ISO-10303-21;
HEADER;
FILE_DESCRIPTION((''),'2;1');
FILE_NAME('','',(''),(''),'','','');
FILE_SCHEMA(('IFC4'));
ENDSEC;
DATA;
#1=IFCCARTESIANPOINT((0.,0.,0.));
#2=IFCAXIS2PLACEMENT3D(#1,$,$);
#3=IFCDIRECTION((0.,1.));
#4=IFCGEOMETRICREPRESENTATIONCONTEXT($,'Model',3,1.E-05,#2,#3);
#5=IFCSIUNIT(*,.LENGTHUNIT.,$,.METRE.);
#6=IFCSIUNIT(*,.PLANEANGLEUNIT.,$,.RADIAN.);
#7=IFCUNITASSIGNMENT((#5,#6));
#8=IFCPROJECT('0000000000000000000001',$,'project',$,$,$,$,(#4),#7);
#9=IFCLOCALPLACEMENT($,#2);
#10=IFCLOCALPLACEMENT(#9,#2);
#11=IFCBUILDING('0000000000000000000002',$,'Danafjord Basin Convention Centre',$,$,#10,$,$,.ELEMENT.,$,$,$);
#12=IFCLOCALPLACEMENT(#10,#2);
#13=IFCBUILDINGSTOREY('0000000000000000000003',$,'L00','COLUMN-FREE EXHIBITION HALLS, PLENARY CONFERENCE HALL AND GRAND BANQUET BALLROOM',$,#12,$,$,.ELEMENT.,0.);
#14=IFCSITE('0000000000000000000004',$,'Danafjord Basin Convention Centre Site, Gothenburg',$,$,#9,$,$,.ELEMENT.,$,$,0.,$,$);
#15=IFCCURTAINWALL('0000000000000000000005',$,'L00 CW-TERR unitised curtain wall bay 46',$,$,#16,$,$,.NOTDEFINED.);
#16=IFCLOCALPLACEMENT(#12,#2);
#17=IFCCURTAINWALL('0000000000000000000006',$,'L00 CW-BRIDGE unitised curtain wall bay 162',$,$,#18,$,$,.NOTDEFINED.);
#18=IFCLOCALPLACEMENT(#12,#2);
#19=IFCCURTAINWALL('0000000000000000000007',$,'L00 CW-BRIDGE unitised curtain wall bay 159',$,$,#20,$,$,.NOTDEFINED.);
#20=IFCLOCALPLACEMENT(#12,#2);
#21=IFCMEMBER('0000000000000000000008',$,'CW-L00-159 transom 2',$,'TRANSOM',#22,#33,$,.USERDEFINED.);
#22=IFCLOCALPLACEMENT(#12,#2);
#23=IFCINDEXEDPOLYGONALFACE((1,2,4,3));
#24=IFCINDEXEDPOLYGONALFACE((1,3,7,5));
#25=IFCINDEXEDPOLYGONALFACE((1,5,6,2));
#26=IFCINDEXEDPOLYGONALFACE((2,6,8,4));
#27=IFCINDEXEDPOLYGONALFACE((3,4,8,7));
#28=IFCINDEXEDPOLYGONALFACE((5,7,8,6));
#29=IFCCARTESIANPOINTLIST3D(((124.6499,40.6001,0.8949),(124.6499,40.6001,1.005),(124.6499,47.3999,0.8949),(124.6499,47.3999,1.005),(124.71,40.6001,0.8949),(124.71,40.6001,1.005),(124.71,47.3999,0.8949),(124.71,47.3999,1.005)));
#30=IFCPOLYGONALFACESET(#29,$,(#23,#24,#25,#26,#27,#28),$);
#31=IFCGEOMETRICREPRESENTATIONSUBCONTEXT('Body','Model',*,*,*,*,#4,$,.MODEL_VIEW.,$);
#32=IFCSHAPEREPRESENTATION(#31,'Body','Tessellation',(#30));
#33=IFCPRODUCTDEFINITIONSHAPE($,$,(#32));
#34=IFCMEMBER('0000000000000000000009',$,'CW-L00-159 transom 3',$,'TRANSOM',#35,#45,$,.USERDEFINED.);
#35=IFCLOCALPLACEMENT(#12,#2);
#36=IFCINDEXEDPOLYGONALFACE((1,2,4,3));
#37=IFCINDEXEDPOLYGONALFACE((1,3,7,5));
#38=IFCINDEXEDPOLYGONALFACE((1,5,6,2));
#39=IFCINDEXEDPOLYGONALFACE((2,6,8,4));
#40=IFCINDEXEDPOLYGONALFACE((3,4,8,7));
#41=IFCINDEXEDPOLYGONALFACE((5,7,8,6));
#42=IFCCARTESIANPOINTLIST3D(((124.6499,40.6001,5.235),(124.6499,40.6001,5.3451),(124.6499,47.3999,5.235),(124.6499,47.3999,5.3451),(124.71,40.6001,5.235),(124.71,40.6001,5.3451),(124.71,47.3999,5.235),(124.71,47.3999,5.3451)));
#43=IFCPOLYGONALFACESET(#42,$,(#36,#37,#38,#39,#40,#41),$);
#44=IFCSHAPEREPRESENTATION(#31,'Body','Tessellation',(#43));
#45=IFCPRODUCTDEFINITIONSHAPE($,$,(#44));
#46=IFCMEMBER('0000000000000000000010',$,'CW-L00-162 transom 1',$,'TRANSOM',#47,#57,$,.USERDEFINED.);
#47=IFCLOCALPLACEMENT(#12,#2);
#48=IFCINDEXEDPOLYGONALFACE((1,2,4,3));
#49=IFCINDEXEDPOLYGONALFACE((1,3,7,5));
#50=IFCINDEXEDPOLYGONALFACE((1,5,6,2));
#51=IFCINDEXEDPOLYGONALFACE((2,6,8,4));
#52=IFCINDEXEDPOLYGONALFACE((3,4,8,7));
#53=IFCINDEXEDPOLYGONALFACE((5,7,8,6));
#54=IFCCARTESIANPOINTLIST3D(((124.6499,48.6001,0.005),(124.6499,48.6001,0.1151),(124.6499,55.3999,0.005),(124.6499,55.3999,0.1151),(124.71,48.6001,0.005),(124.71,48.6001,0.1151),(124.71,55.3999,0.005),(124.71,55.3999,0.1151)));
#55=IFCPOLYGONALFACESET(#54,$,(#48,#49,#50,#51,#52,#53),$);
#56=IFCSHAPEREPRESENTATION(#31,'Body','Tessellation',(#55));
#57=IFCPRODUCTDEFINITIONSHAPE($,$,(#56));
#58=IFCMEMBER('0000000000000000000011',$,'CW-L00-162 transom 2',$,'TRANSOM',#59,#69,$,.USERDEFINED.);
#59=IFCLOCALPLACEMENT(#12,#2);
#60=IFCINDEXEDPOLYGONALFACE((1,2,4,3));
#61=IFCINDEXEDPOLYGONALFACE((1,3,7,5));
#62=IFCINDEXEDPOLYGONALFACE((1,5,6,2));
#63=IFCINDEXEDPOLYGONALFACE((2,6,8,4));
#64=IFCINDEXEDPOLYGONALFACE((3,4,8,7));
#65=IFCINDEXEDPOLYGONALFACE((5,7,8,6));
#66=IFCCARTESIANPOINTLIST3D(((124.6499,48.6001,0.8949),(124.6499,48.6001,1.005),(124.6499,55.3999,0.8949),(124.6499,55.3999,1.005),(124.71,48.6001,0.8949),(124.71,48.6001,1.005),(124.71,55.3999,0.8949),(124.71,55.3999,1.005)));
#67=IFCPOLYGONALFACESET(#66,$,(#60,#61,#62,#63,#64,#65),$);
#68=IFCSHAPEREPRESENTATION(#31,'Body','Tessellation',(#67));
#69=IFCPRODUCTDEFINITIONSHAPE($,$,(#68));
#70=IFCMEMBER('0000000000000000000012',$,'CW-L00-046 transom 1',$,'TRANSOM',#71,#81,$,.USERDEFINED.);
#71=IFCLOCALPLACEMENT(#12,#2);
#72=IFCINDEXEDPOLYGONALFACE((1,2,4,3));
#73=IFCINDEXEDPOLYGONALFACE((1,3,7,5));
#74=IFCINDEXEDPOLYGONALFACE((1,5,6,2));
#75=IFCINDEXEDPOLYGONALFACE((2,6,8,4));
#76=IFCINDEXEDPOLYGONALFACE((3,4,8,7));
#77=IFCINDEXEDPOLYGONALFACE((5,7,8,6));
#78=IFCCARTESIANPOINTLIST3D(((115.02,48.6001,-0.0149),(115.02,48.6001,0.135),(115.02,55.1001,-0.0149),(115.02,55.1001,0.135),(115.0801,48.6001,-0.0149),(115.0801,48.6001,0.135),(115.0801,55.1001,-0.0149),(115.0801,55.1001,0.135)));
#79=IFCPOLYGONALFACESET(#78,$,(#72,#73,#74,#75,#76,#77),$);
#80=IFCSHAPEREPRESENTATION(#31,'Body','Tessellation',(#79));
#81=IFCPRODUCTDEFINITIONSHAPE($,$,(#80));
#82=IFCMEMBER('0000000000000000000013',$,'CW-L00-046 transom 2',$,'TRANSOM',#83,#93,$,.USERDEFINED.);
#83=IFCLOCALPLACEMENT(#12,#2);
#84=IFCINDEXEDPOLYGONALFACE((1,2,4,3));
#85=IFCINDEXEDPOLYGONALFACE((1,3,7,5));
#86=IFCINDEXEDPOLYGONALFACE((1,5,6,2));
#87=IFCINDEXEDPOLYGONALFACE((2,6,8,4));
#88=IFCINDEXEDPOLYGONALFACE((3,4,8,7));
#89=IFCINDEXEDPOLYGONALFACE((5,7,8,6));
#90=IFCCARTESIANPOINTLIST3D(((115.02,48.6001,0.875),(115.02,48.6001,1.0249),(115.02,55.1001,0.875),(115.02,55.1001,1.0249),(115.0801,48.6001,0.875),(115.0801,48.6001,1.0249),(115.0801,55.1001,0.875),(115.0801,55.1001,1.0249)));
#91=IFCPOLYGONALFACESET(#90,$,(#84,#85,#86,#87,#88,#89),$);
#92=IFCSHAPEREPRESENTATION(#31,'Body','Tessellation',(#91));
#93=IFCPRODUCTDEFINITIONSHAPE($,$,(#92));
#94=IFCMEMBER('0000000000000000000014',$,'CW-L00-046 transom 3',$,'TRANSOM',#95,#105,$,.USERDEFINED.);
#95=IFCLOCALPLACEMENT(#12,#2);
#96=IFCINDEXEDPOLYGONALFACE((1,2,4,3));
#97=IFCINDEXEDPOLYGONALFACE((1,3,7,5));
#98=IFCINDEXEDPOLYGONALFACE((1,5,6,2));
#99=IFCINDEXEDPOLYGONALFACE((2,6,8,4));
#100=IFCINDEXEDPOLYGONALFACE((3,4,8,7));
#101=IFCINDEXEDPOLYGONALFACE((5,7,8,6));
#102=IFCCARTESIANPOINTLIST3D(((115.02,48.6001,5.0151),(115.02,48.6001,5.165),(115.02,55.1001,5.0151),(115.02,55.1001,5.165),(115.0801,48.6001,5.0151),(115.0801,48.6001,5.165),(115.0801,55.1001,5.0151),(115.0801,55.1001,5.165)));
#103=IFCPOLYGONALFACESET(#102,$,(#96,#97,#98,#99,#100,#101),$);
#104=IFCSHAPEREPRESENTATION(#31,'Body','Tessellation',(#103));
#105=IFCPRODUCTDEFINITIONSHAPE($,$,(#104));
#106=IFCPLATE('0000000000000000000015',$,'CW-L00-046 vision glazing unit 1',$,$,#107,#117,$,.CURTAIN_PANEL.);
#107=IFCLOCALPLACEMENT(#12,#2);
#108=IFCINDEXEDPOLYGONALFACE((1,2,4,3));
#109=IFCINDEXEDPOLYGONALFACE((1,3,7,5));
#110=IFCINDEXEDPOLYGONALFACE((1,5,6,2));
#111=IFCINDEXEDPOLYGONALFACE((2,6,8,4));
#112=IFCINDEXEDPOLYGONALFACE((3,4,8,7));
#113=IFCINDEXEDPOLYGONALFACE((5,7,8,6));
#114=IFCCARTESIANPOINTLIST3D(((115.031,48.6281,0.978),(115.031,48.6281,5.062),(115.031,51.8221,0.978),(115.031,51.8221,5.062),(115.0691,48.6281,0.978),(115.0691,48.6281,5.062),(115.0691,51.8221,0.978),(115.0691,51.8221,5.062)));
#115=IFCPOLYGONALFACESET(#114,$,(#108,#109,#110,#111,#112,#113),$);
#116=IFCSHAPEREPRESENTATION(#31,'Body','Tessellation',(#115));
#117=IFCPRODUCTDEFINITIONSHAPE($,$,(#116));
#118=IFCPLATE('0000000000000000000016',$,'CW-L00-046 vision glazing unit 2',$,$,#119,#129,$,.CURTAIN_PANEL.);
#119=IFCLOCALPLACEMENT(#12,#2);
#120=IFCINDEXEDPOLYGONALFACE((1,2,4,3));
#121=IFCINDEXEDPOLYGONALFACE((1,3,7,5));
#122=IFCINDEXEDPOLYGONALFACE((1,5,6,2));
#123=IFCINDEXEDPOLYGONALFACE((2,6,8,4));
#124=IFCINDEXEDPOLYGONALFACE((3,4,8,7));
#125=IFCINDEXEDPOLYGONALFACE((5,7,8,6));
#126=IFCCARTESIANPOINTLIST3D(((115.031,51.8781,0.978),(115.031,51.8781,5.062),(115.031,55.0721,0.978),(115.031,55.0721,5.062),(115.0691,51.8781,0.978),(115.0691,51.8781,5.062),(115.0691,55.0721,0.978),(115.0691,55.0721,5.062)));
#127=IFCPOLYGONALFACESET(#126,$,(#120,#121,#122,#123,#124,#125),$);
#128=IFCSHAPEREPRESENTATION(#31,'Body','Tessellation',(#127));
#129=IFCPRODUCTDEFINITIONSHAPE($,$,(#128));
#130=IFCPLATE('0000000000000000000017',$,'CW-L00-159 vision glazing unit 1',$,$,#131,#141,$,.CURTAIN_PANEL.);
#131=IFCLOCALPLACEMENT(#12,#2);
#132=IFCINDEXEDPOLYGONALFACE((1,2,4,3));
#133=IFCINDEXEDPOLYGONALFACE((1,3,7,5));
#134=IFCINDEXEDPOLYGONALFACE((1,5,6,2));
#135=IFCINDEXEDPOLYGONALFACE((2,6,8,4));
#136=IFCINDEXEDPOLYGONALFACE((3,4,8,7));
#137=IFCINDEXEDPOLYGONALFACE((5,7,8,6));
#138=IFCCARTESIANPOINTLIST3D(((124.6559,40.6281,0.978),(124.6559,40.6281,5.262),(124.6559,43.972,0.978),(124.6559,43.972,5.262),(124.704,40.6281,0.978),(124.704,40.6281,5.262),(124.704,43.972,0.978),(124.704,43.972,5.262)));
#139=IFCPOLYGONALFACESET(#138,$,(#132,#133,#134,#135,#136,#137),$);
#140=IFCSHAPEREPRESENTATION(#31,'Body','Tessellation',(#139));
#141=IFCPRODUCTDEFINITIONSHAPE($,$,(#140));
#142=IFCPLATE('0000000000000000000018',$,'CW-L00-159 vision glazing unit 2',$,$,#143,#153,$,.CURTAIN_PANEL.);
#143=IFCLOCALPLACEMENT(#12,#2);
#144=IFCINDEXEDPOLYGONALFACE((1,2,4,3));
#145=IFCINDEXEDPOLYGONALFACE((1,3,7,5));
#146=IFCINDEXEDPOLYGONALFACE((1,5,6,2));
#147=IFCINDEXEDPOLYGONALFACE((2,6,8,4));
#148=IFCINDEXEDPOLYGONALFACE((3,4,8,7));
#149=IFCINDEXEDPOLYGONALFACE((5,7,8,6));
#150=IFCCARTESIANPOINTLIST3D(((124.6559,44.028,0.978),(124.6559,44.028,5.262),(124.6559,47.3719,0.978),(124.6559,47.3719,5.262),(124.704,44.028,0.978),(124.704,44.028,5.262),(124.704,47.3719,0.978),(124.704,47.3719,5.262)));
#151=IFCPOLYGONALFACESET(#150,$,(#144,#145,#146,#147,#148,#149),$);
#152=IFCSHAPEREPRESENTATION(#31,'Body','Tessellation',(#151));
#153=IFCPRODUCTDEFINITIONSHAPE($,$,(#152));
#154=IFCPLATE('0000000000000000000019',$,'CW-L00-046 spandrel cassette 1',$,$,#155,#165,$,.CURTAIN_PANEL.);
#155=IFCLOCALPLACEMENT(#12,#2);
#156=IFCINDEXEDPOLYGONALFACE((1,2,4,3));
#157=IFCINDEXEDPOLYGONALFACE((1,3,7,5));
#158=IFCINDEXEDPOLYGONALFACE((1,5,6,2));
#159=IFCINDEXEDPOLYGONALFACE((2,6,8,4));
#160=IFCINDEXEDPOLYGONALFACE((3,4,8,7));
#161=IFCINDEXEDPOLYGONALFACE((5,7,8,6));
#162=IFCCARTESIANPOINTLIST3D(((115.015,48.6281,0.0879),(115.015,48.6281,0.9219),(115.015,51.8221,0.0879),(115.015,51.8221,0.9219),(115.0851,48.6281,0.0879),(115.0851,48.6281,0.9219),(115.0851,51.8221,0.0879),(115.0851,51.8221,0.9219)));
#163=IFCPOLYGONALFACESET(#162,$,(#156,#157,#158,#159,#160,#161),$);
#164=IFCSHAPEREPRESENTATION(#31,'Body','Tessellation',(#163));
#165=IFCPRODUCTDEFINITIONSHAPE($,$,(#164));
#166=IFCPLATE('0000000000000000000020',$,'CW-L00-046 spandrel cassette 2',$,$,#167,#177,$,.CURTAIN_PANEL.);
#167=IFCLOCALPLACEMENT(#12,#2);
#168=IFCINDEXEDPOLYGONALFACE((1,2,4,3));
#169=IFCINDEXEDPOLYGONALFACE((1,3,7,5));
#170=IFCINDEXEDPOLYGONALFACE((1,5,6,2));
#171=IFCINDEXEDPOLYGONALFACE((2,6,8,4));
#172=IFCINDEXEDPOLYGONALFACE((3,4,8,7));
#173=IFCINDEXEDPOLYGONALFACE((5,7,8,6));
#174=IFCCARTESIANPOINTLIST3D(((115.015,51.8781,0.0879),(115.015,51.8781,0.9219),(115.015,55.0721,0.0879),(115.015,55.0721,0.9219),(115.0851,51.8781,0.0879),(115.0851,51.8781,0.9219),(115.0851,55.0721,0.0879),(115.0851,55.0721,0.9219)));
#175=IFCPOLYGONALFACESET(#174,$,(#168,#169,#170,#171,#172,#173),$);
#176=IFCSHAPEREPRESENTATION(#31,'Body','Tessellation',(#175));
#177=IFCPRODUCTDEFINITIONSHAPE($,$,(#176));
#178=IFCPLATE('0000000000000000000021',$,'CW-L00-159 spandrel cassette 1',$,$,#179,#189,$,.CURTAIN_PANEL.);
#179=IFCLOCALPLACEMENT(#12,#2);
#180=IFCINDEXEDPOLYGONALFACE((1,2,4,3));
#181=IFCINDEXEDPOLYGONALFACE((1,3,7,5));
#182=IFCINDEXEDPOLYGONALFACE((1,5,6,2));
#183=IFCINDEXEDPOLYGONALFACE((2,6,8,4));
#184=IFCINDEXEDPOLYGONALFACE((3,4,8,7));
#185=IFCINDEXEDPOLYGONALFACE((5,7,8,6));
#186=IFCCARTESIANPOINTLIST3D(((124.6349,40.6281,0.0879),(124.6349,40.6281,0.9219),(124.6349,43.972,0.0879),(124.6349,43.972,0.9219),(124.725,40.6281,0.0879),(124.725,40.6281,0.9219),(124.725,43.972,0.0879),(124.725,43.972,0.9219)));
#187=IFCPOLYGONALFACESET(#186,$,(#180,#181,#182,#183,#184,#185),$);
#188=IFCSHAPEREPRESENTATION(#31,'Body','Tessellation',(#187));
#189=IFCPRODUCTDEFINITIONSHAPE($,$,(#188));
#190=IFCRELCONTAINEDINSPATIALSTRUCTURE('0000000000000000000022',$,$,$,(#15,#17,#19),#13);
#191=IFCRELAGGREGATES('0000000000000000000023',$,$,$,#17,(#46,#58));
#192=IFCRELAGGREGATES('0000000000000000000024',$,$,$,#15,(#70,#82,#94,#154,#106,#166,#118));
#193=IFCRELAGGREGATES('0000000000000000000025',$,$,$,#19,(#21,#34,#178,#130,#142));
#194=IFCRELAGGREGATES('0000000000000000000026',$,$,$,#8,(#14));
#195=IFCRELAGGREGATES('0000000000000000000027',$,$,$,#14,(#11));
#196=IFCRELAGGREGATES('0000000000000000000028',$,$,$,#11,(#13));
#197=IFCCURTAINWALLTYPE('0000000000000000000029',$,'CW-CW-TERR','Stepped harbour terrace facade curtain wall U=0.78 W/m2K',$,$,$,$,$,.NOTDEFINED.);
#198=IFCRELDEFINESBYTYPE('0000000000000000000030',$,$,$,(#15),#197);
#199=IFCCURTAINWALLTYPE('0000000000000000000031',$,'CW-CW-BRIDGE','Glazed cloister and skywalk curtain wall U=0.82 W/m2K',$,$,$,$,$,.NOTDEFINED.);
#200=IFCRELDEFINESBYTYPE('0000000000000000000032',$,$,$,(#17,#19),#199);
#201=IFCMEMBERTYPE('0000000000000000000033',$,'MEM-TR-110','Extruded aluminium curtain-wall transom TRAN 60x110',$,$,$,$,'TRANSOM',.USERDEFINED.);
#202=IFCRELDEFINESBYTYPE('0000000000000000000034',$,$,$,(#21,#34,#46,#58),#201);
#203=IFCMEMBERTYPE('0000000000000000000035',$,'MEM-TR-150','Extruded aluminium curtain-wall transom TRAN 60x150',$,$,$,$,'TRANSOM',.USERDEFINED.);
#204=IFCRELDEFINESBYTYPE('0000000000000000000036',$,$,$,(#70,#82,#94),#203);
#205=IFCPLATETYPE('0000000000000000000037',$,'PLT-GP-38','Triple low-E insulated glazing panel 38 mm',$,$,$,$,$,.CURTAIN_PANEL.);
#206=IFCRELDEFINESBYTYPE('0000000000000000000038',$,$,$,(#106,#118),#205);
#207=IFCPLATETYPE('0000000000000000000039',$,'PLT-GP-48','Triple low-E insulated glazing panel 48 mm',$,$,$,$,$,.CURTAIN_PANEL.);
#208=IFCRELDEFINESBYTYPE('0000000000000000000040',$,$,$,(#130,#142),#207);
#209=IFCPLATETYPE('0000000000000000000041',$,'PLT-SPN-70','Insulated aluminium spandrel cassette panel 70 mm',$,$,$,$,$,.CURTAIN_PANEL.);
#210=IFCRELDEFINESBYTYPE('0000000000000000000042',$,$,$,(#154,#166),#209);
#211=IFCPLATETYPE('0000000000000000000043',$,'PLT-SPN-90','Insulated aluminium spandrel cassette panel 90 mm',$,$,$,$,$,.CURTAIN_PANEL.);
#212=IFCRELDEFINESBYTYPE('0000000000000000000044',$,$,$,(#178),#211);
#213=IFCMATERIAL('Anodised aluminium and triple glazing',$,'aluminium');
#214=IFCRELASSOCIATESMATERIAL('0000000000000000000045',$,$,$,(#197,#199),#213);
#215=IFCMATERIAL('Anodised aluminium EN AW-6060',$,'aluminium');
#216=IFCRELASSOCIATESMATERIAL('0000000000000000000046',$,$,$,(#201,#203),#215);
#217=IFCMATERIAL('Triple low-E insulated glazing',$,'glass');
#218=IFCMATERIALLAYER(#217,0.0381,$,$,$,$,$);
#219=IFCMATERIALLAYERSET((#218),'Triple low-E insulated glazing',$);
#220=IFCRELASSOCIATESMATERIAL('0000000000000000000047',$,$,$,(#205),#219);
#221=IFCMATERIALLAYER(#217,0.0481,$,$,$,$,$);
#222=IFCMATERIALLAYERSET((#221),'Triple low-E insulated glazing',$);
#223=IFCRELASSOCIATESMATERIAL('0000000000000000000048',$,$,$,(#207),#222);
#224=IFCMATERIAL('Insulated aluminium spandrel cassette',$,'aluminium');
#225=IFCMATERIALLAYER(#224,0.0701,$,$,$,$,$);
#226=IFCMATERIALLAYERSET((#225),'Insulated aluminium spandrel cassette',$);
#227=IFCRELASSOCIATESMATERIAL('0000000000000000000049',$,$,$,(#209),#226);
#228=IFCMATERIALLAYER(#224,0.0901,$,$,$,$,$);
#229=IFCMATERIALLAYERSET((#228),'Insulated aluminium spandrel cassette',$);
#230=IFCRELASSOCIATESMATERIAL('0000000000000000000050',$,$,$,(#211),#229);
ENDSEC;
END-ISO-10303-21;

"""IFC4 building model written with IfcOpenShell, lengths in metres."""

from ifc_helpers import new_model, si_unit, direction, frame, origin, origin_2d, place, context, subcontext, project, spatial, rectangle, extrude, material, layer, layer_set, material_profile, profile_set, type_object, element, aggregate, save


model = new_model("IFC4")

# Units and contexts
model_context = context("Model", 3, precision=1e-05, world=origin(), true_north=direction((0.0, 1.0)))
body_context = subcontext(model_context, "Body", "Model", "MODEL_VIEW")
ifc_project = project(units=[si_unit("LENGTHUNIT", "METRE"), si_unit("PLANEANGLEUNIT", "RADIAN")], contexts=[model_context])

# Site, building, storey
site_placement = place(None, origin())
site = spatial("IfcSite", under=ifc_project, at=site_placement, Name="Danafjord Basin Convention Centre Site, Gothenburg", CompositionType="ELEMENT", RefElevation=0.0)
building_placement = place(site_placement, origin())
building = spatial("IfcBuilding", under=site, at=building_placement, Name="Danafjord Basin Convention Centre", CompositionType="ELEMENT")
storey_placement = place(building_placement, origin())
storey = spatial("IfcBuildingStorey", under=building, at=storey_placement, Name="L00", Description="COLUMN-FREE EXHIBITION HALLS, PLENARY CONFERENCE HALL AND GRAND BANQUET BALLROOM", CompositionType="ELEMENT", Elevation=0.0)

# Shared definitions
ifc_material_1 = material(Name="Anodised aluminium and triple glazing", Category="aluminium")
curtain_wall_type_1 = type_object("IfcCurtainWallType", Name="CW-CW-TERR", Description="Stepped harbour terrace facade curtain wall U=0.78 W/m2K", PredefinedType="NOTDEFINED", material=ifc_material_1)
ifc_material_2 = material(Name="Anodised aluminium EN AW-6060", Category="aluminium")

# Curtain wall
curtain_wall_1_placement = place(storey_placement, origin())
curtain_wall_1 = element("IfcCurtainWall", 1, at=curtain_wall_1_placement, inside=storey, type_object=curtain_wall_type_1, Name="L00 CW-TERR unitised curtain wall bay 46", PredefinedType="NOTDEFINED")

# Curtain wall
curtain_wall_type_2 = type_object("IfcCurtainWallType", Name="CW-CW-BRIDGE", Description="Glazed cloister and skywalk curtain wall U=0.82 W/m2K", PredefinedType="NOTDEFINED", material=ifc_material_1)
curtain_wall_2_placement = place(storey_placement, origin())
curtain_wall_2 = element("IfcCurtainWall", 2, at=curtain_wall_2_placement, inside=storey, type_object=curtain_wall_type_2, Name="L00 CW-BRIDGE unitised curtain wall bay 162", PredefinedType="NOTDEFINED")

# Curtain wall, members
curtain_wall_3_placement = place(storey_placement, origin())
curtain_wall_3 = element("IfcCurtainWall", 3, at=curtain_wall_3_placement, inside=storey, type_object=curtain_wall_type_2, Name="L00 CW-BRIDGE unitised curtain wall bay 159", PredefinedType="NOTDEFINED")
ifc_material_profile_1 = material_profile(ifc_material_2, rectangle(XDim=0.0601, YDim=0.1101, at=origin_2d()), Name="TRAN 60x110")
ifc_profile_set_1 = profile_set([ifc_material_profile_1], Name="Anodised aluminium EN AW-6060")
member_type_1 = type_object("IfcMemberType", Name="MEM-TR-110", Description="Extruded aluminium curtain-wall transom TRAN 60x110", ElementType="TRANSOM", PredefinedType="USERDEFINED", material=ifc_profile_set_1)
member_1_placement = place(storey_placement, frame((124.6799, 40.6001, 0.95), z_axis=(0.0, 1.0, 0.0), x_axis=(-1.0, 0.0, 0.0)))
member_1 = element("IfcMember", 4, at=member_1_placement, type_object=member_type_1, Name="CW-L00-159 transom 2", ObjectType="TRANSOM", PredefinedType="USERDEFINED", context=body_context, shape_type="SweptSolid", body=[
    extrude(rectangle(XDim=0.0601, YDim=0.1101, at=origin_2d()), origin(), (0.0, 0.0, 1.0), 6.7998),
])
member_2_placement = place(storey_placement, frame((124.6799, 40.6001, 5.29), z_axis=(0.0, 1.0, 0.0), x_axis=(-1.0, 0.0, 0.0)))
member_2 = element("IfcMember", 5, at=member_2_placement, type_object=member_type_1, Name="CW-L00-159 transom 3", ObjectType="TRANSOM", PredefinedType="USERDEFINED", context=body_context, shape_type="SweptSolid", body=[
    extrude(rectangle(XDim=0.0601, YDim=0.1101, at=origin_2d()), origin(), (0.0, 0.0, 1.0), 6.7998),
])

# Members
member_3_placement = place(storey_placement, frame((124.6799, 48.6001, 0.0601), z_axis=(0.0, 1.0, 0.0), x_axis=(-1.0, 0.0, 0.0)))
member_3 = element("IfcMember", 6, at=member_3_placement, type_object=member_type_1, Name="CW-L00-162 transom 1", ObjectType="TRANSOM", PredefinedType="USERDEFINED", context=body_context, shape_type="SweptSolid", body=[
    extrude(rectangle(XDim=0.0601, YDim=0.1101, at=origin_2d()), origin(), (0.0, 0.0, 1.0), 6.7998),
])
member_4_placement = place(storey_placement, frame((124.6799, 48.6001, 0.95), z_axis=(0.0, 1.0, 0.0), x_axis=(-1.0, 0.0, 0.0)))
member_4 = element("IfcMember", 7, at=member_4_placement, type_object=member_type_1, Name="CW-L00-162 transom 2", ObjectType="TRANSOM", PredefinedType="USERDEFINED", context=body_context, shape_type="SweptSolid", body=[
    extrude(rectangle(XDim=0.0601, YDim=0.1101, at=origin_2d()), origin(), (0.0, 0.0, 1.0), 6.7998),
])
aggregate(curtain_wall_2, [member_3, member_4])
ifc_material_profile_2 = material_profile(ifc_material_2, rectangle(XDim=0.0601, YDim=0.1499, at=origin_2d()), Name="TRAN 60x150")
ifc_profile_set_2 = profile_set([ifc_material_profile_2], Name="Anodised aluminium EN AW-6060")
member_type_2 = type_object("IfcMemberType", Name="MEM-TR-150", Description="Extruded aluminium curtain-wall transom TRAN 60x150", ElementType="TRANSOM", PredefinedType="USERDEFINED", material=ifc_profile_set_2)
member_5_placement = place(storey_placement, frame((115.05, 48.6001, 0.0601), z_axis=(0.0, 1.0, 0.0), x_axis=(-1.0, 0.0, 0.0)))
member_5 = element("IfcMember", 8, at=member_5_placement, type_object=member_type_2, Name="CW-L00-046 transom 1", ObjectType="TRANSOM", PredefinedType="USERDEFINED", context=body_context, shape_type="SweptSolid", body=[
    extrude(rectangle(XDim=0.0601, YDim=0.1499, at=origin_2d()), origin(), (0.0, 0.0, 1.0), 6.5),
])
member_6_placement = place(storey_placement, frame((115.05, 48.6001, 0.95), z_axis=(0.0, 1.0, 0.0), x_axis=(-1.0, 0.0, 0.0)))
member_6 = element("IfcMember", 9, at=member_6_placement, type_object=member_type_2, Name="CW-L00-046 transom 2", ObjectType="TRANSOM", PredefinedType="USERDEFINED", context=body_context, shape_type="SweptSolid", body=[
    extrude(rectangle(XDim=0.0601, YDim=0.1499, at=origin_2d()), origin(), (0.0, 0.0, 1.0), 6.5),
])
member_7_placement = place(storey_placement, frame((115.05, 48.6001, 5.0901), z_axis=(0.0, 1.0, 0.0), x_axis=(-1.0, 0.0, 0.0)))
member_7 = element("IfcMember", 10, at=member_7_placement, type_object=member_type_2, Name="CW-L00-046 transom 3", ObjectType="TRANSOM", PredefinedType="USERDEFINED", context=body_context, shape_type="SweptSolid", body=[
    extrude(rectangle(XDim=0.0601, YDim=0.1499, at=origin_2d()), origin(), (0.0, 0.0, 1.0), 6.5),
])

# Plates
ifc_material_3 = material(Name="Triple low-E insulated glazing", Category="glass")
ifc_layer_1 = layer(ifc_material_3, 0.0381)
ifc_layer_set_1 = layer_set([ifc_layer_1], Name="Triple low-E insulated glazing")
plate_type_1 = type_object("IfcPlateType", Name="PLT-GP-38", Description="Triple low-E insulated glazing panel 38 mm", PredefinedType="CURTAIN_PANEL", material=ifc_layer_set_1)
plate_1_placement = place(storey_placement, frame((115.05, 50.2251, 0.978), z_axis=(0.0, 0.0, 1.0), x_axis=(0.0, 1.0, 0.0)))
plate_1 = element("IfcPlate", 11, at=plate_1_placement, type_object=plate_type_1, Name="CW-L00-046 vision glazing unit 1", PredefinedType="CURTAIN_PANEL", context=body_context, shape_type="SweptSolid", body=[
    extrude(rectangle(XDim=3.1941, YDim=0.0381, at=origin_2d()), origin(), (0.0, 0.0, 1.0), 4.084),
])
plate_2_placement = place(storey_placement, frame((115.05, 53.4751, 0.978), z_axis=(0.0, 0.0, 1.0), x_axis=(0.0, 1.0, 0.0)))
plate_2 = element("IfcPlate", 12, at=plate_2_placement, type_object=plate_type_1, Name="CW-L00-046 vision glazing unit 2", PredefinedType="CURTAIN_PANEL", context=body_context, shape_type="SweptSolid", body=[
    extrude(rectangle(XDim=3.1941, YDim=0.0381, at=origin_2d()), origin(), (0.0, 0.0, 1.0), 4.084),
])
ifc_layer_2 = layer(ifc_material_3, 0.0481)
ifc_layer_set_2 = layer_set([ifc_layer_2], Name="Triple low-E insulated glazing")
plate_type_2 = type_object("IfcPlateType", Name="PLT-GP-48", Description="Triple low-E insulated glazing panel 48 mm", PredefinedType="CURTAIN_PANEL", material=ifc_layer_set_2)
plate_3_placement = place(storey_placement, frame((124.6799, 42.3, 0.978), z_axis=(0.0, 0.0, 1.0), x_axis=(0.0, 1.0, 0.0)))
plate_3 = element("IfcPlate", 13, at=plate_3_placement, type_object=plate_type_2, Name="CW-L00-159 vision glazing unit 1", PredefinedType="CURTAIN_PANEL", context=body_context, shape_type="SweptSolid", body=[
    extrude(rectangle(XDim=3.344, YDim=0.0481, at=origin_2d()), origin(), (0.0, 0.0, 1.0), 4.2839),
])
plate_4_placement = place(storey_placement, frame((124.6799, 45.7, 0.978), z_axis=(0.0, 0.0, 1.0), x_axis=(0.0, 1.0, 0.0)))
plate_4 = element("IfcPlate", 14, at=plate_4_placement, type_object=plate_type_2, Name="CW-L00-159 vision glazing unit 2", PredefinedType="CURTAIN_PANEL", context=body_context, shape_type="SweptSolid", body=[
    extrude(rectangle(XDim=3.344, YDim=0.0481, at=origin_2d()), origin(), (0.0, 0.0, 1.0), 4.2839),
])
ifc_material_4 = material(Name="Insulated aluminium spandrel cassette", Category="aluminium")
ifc_layer_3 = layer(ifc_material_4, 0.0701)
ifc_layer_set_3 = layer_set([ifc_layer_3], Name="Insulated aluminium spandrel cassette")
plate_type_3 = type_object("IfcPlateType", Name="PLT-SPN-70", Description="Insulated aluminium spandrel cassette panel 70 mm", PredefinedType="CURTAIN_PANEL", material=ifc_layer_set_3)
plate_5_placement = place(storey_placement, frame((115.05, 50.2251, 0.0879), z_axis=(0.0, 0.0, 1.0), x_axis=(0.0, 1.0, 0.0)))
plate_5 = element("IfcPlate", 15, at=plate_5_placement, type_object=plate_type_3, Name="CW-L00-046 spandrel cassette 1", PredefinedType="CURTAIN_PANEL", context=body_context, shape_type="SweptSolid", body=[
    extrude(rectangle(XDim=3.1941, YDim=0.0701, at=origin_2d()), origin(), (0.0, 0.0, 1.0), 0.834),
])
plate_6_placement = place(storey_placement, frame((115.05, 53.4751, 0.0879), z_axis=(0.0, 0.0, 1.0), x_axis=(0.0, 1.0, 0.0)))
plate_6 = element("IfcPlate", 16, at=plate_6_placement, type_object=plate_type_3, Name="CW-L00-046 spandrel cassette 2", PredefinedType="CURTAIN_PANEL", context=body_context, shape_type="SweptSolid", body=[
    extrude(rectangle(XDim=3.1941, YDim=0.0701, at=origin_2d()), origin(), (0.0, 0.0, 1.0), 0.834),
])
aggregate(curtain_wall_1, [member_5, member_6, member_7, plate_5, plate_1, plate_6, plate_2])
ifc_layer_4 = layer(ifc_material_4, 0.0901)
ifc_layer_set_4 = layer_set([ifc_layer_4], Name="Insulated aluminium spandrel cassette")
plate_type_4 = type_object("IfcPlateType", Name="PLT-SPN-90", Description="Insulated aluminium spandrel cassette panel 90 mm", PredefinedType="CURTAIN_PANEL", material=ifc_layer_set_4)
plate_7_placement = place(storey_placement, frame((124.6799, 42.3, 0.0879), z_axis=(0.0, 0.0, 1.0), x_axis=(0.0, 1.0, 0.0)))
plate_7 = element("IfcPlate", 17, at=plate_7_placement, type_object=plate_type_4, Name="CW-L00-159 spandrel cassette 1", PredefinedType="CURTAIN_PANEL", context=body_context, shape_type="SweptSolid", body=[
    extrude(rectangle(XDim=3.344, YDim=0.0901, at=origin_2d()), origin(), (0.0, 0.0, 1.0), 0.834),
])
aggregate(curtain_wall_3, [member_1, member_2, plate_7, plate_3, plate_4])

save(model, "model.ifc")
